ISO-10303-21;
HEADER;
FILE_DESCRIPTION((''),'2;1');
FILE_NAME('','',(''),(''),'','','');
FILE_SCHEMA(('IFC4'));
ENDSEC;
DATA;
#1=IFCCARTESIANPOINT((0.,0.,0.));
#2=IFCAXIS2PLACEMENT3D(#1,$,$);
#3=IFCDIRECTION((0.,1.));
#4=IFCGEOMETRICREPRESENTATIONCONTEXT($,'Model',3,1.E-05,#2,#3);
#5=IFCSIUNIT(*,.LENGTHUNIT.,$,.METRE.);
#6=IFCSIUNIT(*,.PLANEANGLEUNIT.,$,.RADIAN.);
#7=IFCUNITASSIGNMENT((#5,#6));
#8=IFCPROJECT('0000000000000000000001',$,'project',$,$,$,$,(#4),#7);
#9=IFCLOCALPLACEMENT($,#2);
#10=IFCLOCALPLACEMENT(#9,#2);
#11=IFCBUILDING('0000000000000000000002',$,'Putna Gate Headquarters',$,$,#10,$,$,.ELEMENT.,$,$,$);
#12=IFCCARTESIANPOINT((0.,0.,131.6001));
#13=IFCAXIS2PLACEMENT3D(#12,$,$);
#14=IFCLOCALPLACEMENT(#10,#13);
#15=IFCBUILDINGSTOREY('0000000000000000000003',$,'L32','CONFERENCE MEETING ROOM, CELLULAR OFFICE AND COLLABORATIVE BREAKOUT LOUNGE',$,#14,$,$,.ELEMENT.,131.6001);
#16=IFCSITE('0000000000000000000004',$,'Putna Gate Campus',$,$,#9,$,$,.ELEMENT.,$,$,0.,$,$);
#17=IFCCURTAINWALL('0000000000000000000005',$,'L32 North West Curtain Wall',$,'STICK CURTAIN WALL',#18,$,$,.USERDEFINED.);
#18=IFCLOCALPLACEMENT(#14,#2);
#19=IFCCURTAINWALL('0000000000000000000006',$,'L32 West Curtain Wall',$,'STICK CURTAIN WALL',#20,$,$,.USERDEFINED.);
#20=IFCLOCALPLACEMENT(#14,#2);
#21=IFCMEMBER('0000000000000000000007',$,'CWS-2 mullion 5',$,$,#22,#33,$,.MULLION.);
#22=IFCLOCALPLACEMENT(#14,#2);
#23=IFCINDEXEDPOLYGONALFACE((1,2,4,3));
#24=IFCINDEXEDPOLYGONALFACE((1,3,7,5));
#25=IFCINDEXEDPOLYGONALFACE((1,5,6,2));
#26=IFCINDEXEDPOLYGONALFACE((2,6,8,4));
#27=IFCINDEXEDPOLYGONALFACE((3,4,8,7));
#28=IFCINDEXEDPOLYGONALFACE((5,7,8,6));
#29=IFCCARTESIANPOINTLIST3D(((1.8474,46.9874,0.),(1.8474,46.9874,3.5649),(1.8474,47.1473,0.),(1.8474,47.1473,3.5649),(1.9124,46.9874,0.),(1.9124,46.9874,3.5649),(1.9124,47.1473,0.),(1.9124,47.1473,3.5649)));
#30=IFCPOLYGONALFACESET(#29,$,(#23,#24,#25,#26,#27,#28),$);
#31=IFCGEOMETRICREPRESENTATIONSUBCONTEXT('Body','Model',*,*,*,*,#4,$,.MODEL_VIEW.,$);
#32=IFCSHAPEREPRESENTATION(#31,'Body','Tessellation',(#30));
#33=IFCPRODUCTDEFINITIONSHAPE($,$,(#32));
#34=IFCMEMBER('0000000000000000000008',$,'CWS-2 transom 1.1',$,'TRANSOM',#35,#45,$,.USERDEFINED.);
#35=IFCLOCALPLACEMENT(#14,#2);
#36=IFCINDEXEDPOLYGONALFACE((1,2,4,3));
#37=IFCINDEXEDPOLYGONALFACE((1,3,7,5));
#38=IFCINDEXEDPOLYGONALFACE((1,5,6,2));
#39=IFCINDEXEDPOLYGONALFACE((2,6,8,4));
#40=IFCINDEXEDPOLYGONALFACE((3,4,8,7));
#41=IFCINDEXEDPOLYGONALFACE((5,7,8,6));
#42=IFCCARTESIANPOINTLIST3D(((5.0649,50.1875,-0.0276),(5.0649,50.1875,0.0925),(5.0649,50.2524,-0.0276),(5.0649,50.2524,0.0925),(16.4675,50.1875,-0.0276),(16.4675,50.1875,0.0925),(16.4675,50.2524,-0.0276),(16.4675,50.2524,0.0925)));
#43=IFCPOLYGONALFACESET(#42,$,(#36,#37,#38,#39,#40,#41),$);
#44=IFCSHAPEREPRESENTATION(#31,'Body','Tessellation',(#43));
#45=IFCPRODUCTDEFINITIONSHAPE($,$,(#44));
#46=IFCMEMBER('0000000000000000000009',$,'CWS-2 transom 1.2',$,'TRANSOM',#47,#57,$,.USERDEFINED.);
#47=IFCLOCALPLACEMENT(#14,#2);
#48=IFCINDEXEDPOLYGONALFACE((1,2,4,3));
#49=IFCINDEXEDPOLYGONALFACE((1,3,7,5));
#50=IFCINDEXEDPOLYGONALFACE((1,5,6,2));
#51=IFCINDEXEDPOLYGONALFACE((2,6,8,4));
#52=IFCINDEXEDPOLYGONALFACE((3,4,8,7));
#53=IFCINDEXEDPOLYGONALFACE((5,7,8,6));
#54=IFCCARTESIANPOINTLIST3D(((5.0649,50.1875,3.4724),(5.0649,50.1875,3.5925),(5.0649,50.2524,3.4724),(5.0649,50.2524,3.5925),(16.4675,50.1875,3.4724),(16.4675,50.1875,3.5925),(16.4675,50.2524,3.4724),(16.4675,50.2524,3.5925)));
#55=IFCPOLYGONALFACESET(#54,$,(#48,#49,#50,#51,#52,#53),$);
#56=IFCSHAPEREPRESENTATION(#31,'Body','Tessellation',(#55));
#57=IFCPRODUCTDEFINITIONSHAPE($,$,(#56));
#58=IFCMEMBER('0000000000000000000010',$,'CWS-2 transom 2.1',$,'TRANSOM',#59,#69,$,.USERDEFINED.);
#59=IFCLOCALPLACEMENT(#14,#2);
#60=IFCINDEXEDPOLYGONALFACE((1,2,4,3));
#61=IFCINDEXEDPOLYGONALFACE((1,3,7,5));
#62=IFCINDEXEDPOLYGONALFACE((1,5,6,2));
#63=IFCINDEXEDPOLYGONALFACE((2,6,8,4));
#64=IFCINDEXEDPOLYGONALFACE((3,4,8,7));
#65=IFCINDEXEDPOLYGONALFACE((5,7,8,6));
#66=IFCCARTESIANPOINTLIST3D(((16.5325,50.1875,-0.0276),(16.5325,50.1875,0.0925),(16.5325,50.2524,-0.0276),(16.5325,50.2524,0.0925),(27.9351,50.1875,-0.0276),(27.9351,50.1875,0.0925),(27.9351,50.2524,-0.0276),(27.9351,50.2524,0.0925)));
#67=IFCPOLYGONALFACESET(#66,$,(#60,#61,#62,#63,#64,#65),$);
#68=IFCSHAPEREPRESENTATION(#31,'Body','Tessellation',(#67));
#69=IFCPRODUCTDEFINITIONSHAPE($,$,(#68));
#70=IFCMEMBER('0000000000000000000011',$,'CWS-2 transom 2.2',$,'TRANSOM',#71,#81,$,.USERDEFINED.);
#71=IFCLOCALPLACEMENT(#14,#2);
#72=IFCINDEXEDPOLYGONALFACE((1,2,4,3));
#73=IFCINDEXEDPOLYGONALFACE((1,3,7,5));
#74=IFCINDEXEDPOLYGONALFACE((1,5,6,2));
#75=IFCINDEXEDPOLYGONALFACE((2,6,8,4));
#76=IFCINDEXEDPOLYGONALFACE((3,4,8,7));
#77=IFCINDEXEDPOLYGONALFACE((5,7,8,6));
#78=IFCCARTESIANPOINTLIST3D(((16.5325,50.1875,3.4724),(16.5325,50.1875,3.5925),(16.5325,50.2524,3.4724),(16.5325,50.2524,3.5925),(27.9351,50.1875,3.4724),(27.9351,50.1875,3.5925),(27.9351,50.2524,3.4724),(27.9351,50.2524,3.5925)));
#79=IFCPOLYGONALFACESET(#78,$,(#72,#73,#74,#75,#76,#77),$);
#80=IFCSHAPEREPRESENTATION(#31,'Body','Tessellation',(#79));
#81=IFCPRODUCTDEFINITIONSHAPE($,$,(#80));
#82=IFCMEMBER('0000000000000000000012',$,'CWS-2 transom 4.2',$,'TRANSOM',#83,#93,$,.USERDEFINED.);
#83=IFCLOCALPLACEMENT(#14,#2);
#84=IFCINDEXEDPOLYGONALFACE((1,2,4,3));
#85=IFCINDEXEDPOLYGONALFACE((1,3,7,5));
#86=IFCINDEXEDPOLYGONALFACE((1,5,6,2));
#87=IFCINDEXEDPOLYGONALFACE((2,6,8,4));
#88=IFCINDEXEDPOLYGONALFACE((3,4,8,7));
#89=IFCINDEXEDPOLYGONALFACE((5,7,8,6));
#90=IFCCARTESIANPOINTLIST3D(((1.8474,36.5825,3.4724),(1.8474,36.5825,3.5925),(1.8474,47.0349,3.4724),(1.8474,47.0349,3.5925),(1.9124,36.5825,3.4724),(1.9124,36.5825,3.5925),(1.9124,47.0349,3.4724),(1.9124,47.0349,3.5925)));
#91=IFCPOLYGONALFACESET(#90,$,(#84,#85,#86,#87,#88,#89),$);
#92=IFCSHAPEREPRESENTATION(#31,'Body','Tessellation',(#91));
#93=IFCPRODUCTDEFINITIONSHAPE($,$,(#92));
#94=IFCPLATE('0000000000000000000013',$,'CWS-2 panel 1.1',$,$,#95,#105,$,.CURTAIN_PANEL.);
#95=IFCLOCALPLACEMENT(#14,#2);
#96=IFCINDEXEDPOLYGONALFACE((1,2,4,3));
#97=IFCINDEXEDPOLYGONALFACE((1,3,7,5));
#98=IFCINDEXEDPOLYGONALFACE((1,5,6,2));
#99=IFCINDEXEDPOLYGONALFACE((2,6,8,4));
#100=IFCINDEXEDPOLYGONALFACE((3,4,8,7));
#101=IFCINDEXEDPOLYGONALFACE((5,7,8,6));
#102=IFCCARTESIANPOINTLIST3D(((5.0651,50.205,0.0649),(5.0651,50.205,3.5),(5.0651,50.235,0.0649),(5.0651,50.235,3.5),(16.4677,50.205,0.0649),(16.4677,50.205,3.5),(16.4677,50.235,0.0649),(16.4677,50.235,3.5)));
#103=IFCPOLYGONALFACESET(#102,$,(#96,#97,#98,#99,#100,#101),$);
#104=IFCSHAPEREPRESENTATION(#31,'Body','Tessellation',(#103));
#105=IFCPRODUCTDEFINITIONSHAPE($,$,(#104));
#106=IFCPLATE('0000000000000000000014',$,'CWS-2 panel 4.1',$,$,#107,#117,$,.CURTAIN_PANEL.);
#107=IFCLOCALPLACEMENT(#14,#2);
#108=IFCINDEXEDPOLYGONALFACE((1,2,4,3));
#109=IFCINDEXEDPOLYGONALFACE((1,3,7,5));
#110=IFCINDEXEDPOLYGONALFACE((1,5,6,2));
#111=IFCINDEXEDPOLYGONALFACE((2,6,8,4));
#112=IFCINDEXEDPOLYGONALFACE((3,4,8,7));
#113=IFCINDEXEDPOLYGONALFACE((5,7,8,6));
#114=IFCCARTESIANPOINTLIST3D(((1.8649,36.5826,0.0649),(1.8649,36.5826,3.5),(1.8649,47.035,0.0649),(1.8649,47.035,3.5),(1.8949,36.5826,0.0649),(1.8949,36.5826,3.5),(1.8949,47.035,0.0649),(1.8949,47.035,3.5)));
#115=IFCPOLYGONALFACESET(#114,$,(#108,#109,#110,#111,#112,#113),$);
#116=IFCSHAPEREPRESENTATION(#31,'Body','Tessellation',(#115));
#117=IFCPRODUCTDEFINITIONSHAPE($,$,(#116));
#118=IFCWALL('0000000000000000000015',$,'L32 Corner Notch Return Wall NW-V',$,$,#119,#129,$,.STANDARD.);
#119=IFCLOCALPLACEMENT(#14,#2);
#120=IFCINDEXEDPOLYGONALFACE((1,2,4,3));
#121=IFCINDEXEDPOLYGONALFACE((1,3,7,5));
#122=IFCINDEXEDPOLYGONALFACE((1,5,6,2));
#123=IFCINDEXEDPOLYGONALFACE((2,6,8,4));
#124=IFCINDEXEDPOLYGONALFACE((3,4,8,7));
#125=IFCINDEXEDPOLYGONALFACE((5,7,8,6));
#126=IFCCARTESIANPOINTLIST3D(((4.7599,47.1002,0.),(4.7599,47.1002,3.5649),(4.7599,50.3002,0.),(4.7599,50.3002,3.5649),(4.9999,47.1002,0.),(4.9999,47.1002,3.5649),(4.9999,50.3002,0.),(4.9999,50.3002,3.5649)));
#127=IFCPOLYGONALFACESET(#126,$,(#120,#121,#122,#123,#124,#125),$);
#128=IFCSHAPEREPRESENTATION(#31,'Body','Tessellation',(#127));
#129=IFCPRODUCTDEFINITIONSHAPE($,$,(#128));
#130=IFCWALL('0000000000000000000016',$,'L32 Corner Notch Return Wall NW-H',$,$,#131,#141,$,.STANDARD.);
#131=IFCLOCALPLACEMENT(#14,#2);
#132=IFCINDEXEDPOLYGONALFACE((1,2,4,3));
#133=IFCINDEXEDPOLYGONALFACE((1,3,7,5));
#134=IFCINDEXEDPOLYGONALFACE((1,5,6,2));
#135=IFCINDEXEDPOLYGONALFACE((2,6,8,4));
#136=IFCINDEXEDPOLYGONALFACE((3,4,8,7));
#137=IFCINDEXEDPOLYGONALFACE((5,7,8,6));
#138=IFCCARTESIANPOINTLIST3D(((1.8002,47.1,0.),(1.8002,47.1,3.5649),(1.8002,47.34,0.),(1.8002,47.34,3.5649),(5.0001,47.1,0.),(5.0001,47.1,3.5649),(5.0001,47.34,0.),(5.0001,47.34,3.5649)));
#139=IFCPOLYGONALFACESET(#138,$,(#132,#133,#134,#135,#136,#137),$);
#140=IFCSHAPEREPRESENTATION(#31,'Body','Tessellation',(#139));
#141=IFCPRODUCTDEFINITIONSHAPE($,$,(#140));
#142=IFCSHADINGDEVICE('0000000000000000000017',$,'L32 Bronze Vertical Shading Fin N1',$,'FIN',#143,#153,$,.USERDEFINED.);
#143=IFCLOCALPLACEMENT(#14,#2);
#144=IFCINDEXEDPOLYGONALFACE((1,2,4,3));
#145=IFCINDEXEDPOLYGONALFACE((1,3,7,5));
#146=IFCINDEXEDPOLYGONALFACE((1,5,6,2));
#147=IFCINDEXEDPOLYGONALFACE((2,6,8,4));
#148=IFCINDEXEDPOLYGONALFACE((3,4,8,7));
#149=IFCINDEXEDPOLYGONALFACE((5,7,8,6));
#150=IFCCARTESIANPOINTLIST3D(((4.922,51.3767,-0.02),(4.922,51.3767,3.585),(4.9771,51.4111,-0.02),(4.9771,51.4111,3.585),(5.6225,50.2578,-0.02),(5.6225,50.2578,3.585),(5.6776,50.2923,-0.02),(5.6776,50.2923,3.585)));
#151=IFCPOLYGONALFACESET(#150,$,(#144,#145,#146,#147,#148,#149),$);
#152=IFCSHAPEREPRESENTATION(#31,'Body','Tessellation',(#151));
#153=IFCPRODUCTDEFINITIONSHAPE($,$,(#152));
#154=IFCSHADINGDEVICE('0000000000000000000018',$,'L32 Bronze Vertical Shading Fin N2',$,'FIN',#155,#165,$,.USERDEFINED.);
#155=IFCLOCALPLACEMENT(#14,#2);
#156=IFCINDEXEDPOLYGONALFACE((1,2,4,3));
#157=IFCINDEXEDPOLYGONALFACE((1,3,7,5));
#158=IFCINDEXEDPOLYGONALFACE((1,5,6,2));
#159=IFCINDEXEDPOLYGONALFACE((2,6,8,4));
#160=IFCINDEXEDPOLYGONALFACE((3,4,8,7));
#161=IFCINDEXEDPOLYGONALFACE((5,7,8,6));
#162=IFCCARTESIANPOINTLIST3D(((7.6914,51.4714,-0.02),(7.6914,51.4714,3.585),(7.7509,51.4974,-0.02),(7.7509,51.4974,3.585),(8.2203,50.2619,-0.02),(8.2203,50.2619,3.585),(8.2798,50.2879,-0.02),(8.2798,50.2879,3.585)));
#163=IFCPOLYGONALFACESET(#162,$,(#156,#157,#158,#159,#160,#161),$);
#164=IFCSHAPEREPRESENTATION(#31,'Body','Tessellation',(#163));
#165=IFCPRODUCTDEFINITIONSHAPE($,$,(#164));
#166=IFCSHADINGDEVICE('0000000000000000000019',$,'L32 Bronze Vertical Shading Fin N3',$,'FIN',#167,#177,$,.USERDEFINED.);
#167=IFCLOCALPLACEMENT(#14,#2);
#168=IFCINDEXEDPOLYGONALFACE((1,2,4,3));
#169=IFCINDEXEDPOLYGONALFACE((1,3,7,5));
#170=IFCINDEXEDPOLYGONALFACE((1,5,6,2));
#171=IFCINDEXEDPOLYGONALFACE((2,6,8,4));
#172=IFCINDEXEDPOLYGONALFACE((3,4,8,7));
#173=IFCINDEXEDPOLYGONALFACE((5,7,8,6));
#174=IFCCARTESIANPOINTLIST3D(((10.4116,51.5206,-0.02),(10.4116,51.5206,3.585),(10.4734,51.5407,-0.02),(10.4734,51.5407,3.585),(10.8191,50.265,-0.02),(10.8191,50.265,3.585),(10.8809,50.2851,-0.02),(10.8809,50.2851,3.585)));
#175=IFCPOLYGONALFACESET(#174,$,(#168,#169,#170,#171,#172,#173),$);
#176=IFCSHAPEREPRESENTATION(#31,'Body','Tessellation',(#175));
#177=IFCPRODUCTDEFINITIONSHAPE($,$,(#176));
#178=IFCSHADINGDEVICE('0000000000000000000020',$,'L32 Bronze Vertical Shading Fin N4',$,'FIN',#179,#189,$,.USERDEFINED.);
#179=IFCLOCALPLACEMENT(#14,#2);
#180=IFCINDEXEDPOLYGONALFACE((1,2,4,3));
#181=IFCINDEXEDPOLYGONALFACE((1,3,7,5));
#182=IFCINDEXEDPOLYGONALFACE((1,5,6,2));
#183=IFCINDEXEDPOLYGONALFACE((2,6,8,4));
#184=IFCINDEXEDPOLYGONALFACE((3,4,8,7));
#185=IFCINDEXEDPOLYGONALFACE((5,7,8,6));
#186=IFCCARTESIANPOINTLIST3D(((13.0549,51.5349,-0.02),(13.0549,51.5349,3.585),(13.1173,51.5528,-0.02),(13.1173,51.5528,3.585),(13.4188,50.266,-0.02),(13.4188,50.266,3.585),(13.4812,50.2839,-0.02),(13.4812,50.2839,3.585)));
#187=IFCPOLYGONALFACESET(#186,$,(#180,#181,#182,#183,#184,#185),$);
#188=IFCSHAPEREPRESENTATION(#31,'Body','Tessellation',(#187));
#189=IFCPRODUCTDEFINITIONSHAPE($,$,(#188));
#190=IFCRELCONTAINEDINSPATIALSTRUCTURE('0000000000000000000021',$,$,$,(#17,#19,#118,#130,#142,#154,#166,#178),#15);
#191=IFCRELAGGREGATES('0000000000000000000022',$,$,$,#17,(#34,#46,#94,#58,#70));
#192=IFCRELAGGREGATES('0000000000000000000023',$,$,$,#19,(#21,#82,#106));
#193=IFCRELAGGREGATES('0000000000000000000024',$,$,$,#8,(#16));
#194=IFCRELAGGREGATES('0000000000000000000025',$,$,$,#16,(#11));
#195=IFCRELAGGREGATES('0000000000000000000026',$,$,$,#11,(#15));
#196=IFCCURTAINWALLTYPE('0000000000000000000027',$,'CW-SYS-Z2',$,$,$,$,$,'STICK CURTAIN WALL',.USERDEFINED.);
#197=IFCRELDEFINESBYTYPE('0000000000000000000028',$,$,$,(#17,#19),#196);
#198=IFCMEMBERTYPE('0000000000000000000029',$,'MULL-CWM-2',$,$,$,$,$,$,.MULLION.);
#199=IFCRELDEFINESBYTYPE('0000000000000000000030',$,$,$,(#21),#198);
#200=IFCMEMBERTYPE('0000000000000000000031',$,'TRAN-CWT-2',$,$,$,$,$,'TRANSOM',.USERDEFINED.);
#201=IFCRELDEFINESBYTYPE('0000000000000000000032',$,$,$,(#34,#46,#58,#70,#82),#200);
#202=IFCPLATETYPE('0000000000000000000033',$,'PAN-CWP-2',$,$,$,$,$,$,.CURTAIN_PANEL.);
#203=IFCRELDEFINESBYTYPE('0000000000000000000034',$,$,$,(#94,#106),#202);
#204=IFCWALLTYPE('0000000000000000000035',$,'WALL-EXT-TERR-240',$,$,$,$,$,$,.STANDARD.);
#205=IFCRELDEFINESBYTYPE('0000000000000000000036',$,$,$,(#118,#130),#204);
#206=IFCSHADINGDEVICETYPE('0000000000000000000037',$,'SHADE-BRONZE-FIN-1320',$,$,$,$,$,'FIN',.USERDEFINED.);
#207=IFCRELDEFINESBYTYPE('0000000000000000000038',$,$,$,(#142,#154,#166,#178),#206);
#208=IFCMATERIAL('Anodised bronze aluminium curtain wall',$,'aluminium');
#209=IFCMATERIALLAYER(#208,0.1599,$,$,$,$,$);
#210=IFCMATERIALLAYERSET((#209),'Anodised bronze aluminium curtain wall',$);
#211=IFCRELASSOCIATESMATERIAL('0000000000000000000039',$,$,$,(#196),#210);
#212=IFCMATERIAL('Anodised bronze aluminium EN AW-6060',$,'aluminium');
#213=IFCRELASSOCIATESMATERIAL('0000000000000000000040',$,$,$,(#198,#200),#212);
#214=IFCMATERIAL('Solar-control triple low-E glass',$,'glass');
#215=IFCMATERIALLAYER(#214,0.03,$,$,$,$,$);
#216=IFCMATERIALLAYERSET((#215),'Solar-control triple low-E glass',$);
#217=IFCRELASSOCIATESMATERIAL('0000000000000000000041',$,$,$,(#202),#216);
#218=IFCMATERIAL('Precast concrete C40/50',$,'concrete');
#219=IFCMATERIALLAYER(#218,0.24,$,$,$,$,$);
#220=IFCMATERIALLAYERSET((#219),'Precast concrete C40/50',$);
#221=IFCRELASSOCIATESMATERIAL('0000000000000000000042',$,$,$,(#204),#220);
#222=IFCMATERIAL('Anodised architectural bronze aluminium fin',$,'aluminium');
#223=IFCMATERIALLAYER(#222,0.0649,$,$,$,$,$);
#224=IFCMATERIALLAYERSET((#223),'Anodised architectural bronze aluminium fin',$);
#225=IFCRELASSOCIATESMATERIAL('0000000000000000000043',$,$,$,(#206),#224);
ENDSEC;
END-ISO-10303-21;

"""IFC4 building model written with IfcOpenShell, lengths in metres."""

from ifc_helpers import new_model, si_unit, direction, frame, frame_2d, origin, origin_2d, place, context, subcontext, project, spatial, rectangle, extrude, material, layer, layer_set, material_profile, profile_set, type_object, element, aggregate, save


model = new_model("IFC4")

# Units and contexts
model_context = context("Model", 3, precision=1e-05, world=origin(), true_north=direction((0.0, 1.0)))
body_context = subcontext(model_context, "Body", "Model", "MODEL_VIEW")
ifc_project = project(units=[si_unit("LENGTHUNIT", "METRE"), si_unit("PLANEANGLEUNIT", "RADIAN")], contexts=[model_context])

# Site, building, storey
site_placement = place(None, origin())
site = spatial("IfcSite", under=ifc_project, at=site_placement, Name="Putna Gate Campus", CompositionType="ELEMENT", RefElevation=0.0)
building_placement = place(site_placement, origin())
building = spatial("IfcBuilding", under=site, at=building_placement, Name="Putna Gate Headquarters", CompositionType="ELEMENT")
storey_placement = place(building_placement, frame((0.0, 0.0, 131.6001)))
storey = spatial("IfcBuildingStorey", under=building, at=storey_placement, Name="L32", Description="CONFERENCE MEETING ROOM, CELLULAR OFFICE AND COLLABORATIVE BREAKOUT LOUNGE", CompositionType="ELEMENT", Elevation=131.6001)

# Curtain wall
ifc_material_1 = material(Name="Anodised bronze aluminium curtain wall", Category="aluminium")
ifc_layer_1 = layer(ifc_material_1, 0.1599)
ifc_layer_set_1 = layer_set([ifc_layer_1], Name="Anodised bronze aluminium curtain wall")
curtain_wall_type = type_object("IfcCurtainWallType", Name="CW-SYS-Z2", ElementType="STICK CURTAIN WALL", PredefinedType="USERDEFINED", material=ifc_layer_set_1)
curtain_wall_1_placement = place(storey_placement, origin())
curtain_wall_1 = element("IfcCurtainWall", 1, at=curtain_wall_1_placement, inside=storey, type_object=curtain_wall_type, Name="L32 North West Curtain Wall", ObjectType="STICK CURTAIN WALL", PredefinedType="USERDEFINED")
ifc_material_2 = material(Name="Anodised bronze aluminium EN AW-6060", Category="aluminium")
ifc_material_profile_1 = material_profile(ifc_material_2, rectangle(XDim=0.0649, YDim=0.1599, at=origin_2d()), Name="Anodised bronze aluminium EN AW-6060")
ifc_profile_set_1 = profile_set([ifc_material_profile_1], Name="Anodised bronze aluminium EN AW-6060")
member_type_1 = type_object("IfcMemberType", Name="MULL-CWM-2", PredefinedType="MULLION", material=ifc_profile_set_1)

# Curtain wall, member
curtain_wall_2_placement = place(storey_placement, origin())
curtain_wall_2 = element("IfcCurtainWall", 2, at=curtain_wall_2_placement, inside=storey, type_object=curtain_wall_type, Name="L32 West Curtain Wall", ObjectType="STICK CURTAIN WALL", PredefinedType="USERDEFINED")
member_1_placement = place(storey_placement, frame((1.8799, 47.0674, 0.0), z_axis=(0.0, 0.0, 1.0), x_axis=(-1.0, 0.0, 0.0)))
member_1 = element("IfcMember", 3, at=member_1_placement, type_object=member_type_1, Name="CWS-2 mullion 5", PredefinedType="MULLION", context=body_context, shape_type="SweptSolid", body=[
    extrude(rectangle(XDim=0.0649, YDim=0.1599, at=origin_2d()), origin(), (0.0, 0.0, 1.0), 3.5649),
])

# Members
ifc_material_profile_2 = material_profile(ifc_material_2, rectangle(XDim=0.0649, YDim=0.1201, at=origin_2d()), Name="Anodised bronze aluminium EN AW-6060")
ifc_profile_set_2 = profile_set([ifc_material_profile_2], Name="Anodised bronze aluminium EN AW-6060")
member_type_2 = type_object("IfcMemberType", Name="TRAN-CWT-2", ElementType="TRANSOM", PredefinedType="USERDEFINED", material=ifc_profile_set_2)
member_2_placement = place(storey_placement, frame((5.0649, 50.22, 0.0325), z_axis=(1.0, 0.0, 0.0), x_axis=(0.0, 1.0, 0.0)))
member_2 = element("IfcMember", 4, at=member_2_placement, type_object=member_type_2, Name="CWS-2 transom 1.1", ObjectType="TRANSOM", PredefinedType="USERDEFINED", context=body_context, shape_type="SweptSolid", body=[
    extrude(rectangle(XDim=0.0649, YDim=0.1201, at=origin_2d()), origin(), (0.0, 0.0, 1.0), 11.4026),
])
member_3_placement = place(storey_placement, frame((5.0649, 50.22, 3.5325), z_axis=(1.0, 0.0, 0.0), x_axis=(0.0, 1.0, 0.0)))
member_3 = element("IfcMember", 5, at=member_3_placement, type_object=member_type_2, Name="CWS-2 transom 1.2", ObjectType="TRANSOM", PredefinedType="USERDEFINED", context=body_context, shape_type="SweptSolid", body=[
    extrude(rectangle(XDim=0.0649, YDim=0.1201, at=origin_2d()), origin(), (0.0, 0.0, 1.0), 11.4026),
])
member_4_placement = place(storey_placement, frame((16.5325, 50.22, 0.0325), z_axis=(1.0, 0.0, 0.0), x_axis=(0.0, 1.0, 0.0)))
member_4 = element("IfcMember", 6, at=member_4_placement, type_object=member_type_2, Name="CWS-2 transom 2.1", ObjectType="TRANSOM", PredefinedType="USERDEFINED", context=body_context, shape_type="SweptSolid", body=[
    extrude(rectangle(XDim=0.0649, YDim=0.1201, at=origin_2d()), origin(), (0.0, 0.0, 1.0), 11.4026),
])
member_5_placement = place(storey_placement, frame((16.5325, 50.22, 3.5325), z_axis=(1.0, 0.0, 0.0), x_axis=(0.0, 1.0, 0.0)))
member_5 = element("IfcMember", 7, at=member_5_placement, type_object=member_type_2, Name="CWS-2 transom 2.2", ObjectType="TRANSOM", PredefinedType="USERDEFINED", context=body_context, shape_type="SweptSolid", body=[
    extrude(rectangle(XDim=0.0649, YDim=0.1201, at=origin_2d()), origin(), (0.0, 0.0, 1.0), 11.4026),
])
member_6_placement = place(storey_placement, frame((1.8799, 36.5825, 3.5325), z_axis=(0.0, 1.0, 0.0), x_axis=(-1.0, 0.0, 0.0)))
member_6 = element("IfcMember", 8, at=member_6_placement, type_object=member_type_2, Name="CWS-2 transom 4.2", ObjectType="TRANSOM", PredefinedType="USERDEFINED", context=body_context, shape_type="SweptSolid", body=[
    extrude(rectangle(XDim=0.0649, YDim=0.1201, at=origin_2d()), origin(), (0.0, 0.0, 1.0), 10.4524),
])

# Plates
ifc_material_3 = material(Name="Solar-control triple low-E glass", Category="glass")
ifc_layer_2 = layer(ifc_material_3, 0.03)
ifc_layer_set_2 = layer_set([ifc_layer_2], Name="Solar-control triple low-E glass")
plate_type = type_object("IfcPlateType", Name="PAN-CWP-2", PredefinedType="CURTAIN_PANEL", material=ifc_layer_set_2)
plate_1_placement = place(storey_placement, frame((10.7664, 50.22, 0.0649), z_axis=(0.0, 0.0, 1.0), x_axis=(1.0, 0.0, 0.0)))
plate_1 = element("IfcPlate", 9, at=plate_1_placement, type_object=plate_type, Name="CWS-2 panel 1.1", PredefinedType="CURTAIN_PANEL", context=body_context, shape_type="SweptSolid", body=[
    extrude(rectangle(XDim=11.4026, YDim=0.03, at=origin_2d()), origin(), (0.0, 0.0, 1.0), 3.4351),
])
aggregate(curtain_wall_1, [member_2, member_3, plate_1, member_4, member_5])
plate_2_placement = place(storey_placement, frame((1.8799, 41.8088, 0.0649), z_axis=(0.0, 0.0, 1.0), x_axis=(0.0, 1.0, 0.0)))
plate_2 = element("IfcPlate", 10, at=plate_2_placement, type_object=plate_type, Name="CWS-2 panel 4.1", PredefinedType="CURTAIN_PANEL", context=body_context, shape_type="SweptSolid", body=[
    extrude(rectangle(XDim=10.4524, YDim=0.03, at=origin_2d()), origin(), (0.0, 0.0, 1.0), 3.4351),
])
aggregate(curtain_wall_2, [member_1, member_6, plate_2])

# Walls
ifc_material_4 = material(Name="Precast concrete C40/50", Category="concrete")
ifc_layer_3 = layer(ifc_material_4, 0.24)
ifc_layer_set_3 = layer_set([ifc_layer_3], Name="Precast concrete C40/50")
wall_type = type_object("IfcWallType", Name="WALL-EXT-TERR-240", PredefinedType="STANDARD", material=ifc_layer_set_3)
for number, where, z_axis, x_axis, name in (
    (11, (4.8799, 47.1001, 0.0), (0.0, 0.0, 1.0), (0.0, 1.0, 0.0), "L32 Corner Notch Return Wall NW-V"),
    (12, (1.8, 47.22, 0.0), (0.0, 0.0, 1.0), (1.0, 0.0, 0.0), "L32 Corner Notch Return Wall NW-H"),
):
    element("IfcWall", number, at=place(storey_placement, frame(where, z_axis=z_axis, x_axis=x_axis)), inside=storey, type_object=wall_type, Name=name, PredefinedType="STANDARD", context=body_context, shape_type="SweptSolid", body=[
        extrude(rectangle(XDim=3.2, YDim=0.24, at=frame_2d((1.6001, 0.0))), origin(), (0.0, 0.0, 1.0), 3.5649),
    ])

# Shading devices
ifc_material_5 = material(Name="Anodised architectural bronze aluminium fin", Category="aluminium")
ifc_layer_4 = layer(ifc_material_5, 0.0649)
ifc_layer_set_4 = layer_set([ifc_layer_4], Name="Anodised architectural bronze aluminium fin")
shading_device_type = type_object("IfcShadingDeviceType", Name="SHADE-BRONZE-FIN-1320", ElementType="FIN", PredefinedType="USERDEFINED", material=ifc_layer_set_4)
for number, where, z_axis, x_axis, name in (
    (13, (5.2998, 50.8345, -0.02), (0.0, 0.0, 1.0), (-0.530659, 0.847585, 0.0), "L32 Bronze Vertical Shading Fin N1"),
    (14, (7.9856, 50.8796, -0.02), (0.0, 0.0, 1.0), (-0.400669, 0.916223, 0.0), "L32 Bronze Vertical Shading Fin N2"),
    (15, (10.6462, 50.9028, -0.02), (0.0, 0.0, 1.0), (-0.308685, 0.951164, 0.0), "L32 Bronze Vertical Shading Fin N3"),
    (16, (13.2681, 50.9094, -0.02), (0.0, 0.0, 1.0), (-0.275637, 0.961262, 0.0), "L32 Bronze Vertical Shading Fin N4"),
):
    element("IfcShadingDevice", number, at=place(storey_placement, frame(where, z_axis=z_axis, x_axis=x_axis)), inside=storey, type_object=shading_device_type, Name=name, ObjectType="FIN", PredefinedType="USERDEFINED", context=body_context, shape_type="SweptSolid", body=[
        extrude(rectangle(XDim=1.3201, YDim=0.0649, at=origin_2d()), origin(), (0.0, 0.0, 1.0), 3.605),
    ])

save(model, "model.ifc")
